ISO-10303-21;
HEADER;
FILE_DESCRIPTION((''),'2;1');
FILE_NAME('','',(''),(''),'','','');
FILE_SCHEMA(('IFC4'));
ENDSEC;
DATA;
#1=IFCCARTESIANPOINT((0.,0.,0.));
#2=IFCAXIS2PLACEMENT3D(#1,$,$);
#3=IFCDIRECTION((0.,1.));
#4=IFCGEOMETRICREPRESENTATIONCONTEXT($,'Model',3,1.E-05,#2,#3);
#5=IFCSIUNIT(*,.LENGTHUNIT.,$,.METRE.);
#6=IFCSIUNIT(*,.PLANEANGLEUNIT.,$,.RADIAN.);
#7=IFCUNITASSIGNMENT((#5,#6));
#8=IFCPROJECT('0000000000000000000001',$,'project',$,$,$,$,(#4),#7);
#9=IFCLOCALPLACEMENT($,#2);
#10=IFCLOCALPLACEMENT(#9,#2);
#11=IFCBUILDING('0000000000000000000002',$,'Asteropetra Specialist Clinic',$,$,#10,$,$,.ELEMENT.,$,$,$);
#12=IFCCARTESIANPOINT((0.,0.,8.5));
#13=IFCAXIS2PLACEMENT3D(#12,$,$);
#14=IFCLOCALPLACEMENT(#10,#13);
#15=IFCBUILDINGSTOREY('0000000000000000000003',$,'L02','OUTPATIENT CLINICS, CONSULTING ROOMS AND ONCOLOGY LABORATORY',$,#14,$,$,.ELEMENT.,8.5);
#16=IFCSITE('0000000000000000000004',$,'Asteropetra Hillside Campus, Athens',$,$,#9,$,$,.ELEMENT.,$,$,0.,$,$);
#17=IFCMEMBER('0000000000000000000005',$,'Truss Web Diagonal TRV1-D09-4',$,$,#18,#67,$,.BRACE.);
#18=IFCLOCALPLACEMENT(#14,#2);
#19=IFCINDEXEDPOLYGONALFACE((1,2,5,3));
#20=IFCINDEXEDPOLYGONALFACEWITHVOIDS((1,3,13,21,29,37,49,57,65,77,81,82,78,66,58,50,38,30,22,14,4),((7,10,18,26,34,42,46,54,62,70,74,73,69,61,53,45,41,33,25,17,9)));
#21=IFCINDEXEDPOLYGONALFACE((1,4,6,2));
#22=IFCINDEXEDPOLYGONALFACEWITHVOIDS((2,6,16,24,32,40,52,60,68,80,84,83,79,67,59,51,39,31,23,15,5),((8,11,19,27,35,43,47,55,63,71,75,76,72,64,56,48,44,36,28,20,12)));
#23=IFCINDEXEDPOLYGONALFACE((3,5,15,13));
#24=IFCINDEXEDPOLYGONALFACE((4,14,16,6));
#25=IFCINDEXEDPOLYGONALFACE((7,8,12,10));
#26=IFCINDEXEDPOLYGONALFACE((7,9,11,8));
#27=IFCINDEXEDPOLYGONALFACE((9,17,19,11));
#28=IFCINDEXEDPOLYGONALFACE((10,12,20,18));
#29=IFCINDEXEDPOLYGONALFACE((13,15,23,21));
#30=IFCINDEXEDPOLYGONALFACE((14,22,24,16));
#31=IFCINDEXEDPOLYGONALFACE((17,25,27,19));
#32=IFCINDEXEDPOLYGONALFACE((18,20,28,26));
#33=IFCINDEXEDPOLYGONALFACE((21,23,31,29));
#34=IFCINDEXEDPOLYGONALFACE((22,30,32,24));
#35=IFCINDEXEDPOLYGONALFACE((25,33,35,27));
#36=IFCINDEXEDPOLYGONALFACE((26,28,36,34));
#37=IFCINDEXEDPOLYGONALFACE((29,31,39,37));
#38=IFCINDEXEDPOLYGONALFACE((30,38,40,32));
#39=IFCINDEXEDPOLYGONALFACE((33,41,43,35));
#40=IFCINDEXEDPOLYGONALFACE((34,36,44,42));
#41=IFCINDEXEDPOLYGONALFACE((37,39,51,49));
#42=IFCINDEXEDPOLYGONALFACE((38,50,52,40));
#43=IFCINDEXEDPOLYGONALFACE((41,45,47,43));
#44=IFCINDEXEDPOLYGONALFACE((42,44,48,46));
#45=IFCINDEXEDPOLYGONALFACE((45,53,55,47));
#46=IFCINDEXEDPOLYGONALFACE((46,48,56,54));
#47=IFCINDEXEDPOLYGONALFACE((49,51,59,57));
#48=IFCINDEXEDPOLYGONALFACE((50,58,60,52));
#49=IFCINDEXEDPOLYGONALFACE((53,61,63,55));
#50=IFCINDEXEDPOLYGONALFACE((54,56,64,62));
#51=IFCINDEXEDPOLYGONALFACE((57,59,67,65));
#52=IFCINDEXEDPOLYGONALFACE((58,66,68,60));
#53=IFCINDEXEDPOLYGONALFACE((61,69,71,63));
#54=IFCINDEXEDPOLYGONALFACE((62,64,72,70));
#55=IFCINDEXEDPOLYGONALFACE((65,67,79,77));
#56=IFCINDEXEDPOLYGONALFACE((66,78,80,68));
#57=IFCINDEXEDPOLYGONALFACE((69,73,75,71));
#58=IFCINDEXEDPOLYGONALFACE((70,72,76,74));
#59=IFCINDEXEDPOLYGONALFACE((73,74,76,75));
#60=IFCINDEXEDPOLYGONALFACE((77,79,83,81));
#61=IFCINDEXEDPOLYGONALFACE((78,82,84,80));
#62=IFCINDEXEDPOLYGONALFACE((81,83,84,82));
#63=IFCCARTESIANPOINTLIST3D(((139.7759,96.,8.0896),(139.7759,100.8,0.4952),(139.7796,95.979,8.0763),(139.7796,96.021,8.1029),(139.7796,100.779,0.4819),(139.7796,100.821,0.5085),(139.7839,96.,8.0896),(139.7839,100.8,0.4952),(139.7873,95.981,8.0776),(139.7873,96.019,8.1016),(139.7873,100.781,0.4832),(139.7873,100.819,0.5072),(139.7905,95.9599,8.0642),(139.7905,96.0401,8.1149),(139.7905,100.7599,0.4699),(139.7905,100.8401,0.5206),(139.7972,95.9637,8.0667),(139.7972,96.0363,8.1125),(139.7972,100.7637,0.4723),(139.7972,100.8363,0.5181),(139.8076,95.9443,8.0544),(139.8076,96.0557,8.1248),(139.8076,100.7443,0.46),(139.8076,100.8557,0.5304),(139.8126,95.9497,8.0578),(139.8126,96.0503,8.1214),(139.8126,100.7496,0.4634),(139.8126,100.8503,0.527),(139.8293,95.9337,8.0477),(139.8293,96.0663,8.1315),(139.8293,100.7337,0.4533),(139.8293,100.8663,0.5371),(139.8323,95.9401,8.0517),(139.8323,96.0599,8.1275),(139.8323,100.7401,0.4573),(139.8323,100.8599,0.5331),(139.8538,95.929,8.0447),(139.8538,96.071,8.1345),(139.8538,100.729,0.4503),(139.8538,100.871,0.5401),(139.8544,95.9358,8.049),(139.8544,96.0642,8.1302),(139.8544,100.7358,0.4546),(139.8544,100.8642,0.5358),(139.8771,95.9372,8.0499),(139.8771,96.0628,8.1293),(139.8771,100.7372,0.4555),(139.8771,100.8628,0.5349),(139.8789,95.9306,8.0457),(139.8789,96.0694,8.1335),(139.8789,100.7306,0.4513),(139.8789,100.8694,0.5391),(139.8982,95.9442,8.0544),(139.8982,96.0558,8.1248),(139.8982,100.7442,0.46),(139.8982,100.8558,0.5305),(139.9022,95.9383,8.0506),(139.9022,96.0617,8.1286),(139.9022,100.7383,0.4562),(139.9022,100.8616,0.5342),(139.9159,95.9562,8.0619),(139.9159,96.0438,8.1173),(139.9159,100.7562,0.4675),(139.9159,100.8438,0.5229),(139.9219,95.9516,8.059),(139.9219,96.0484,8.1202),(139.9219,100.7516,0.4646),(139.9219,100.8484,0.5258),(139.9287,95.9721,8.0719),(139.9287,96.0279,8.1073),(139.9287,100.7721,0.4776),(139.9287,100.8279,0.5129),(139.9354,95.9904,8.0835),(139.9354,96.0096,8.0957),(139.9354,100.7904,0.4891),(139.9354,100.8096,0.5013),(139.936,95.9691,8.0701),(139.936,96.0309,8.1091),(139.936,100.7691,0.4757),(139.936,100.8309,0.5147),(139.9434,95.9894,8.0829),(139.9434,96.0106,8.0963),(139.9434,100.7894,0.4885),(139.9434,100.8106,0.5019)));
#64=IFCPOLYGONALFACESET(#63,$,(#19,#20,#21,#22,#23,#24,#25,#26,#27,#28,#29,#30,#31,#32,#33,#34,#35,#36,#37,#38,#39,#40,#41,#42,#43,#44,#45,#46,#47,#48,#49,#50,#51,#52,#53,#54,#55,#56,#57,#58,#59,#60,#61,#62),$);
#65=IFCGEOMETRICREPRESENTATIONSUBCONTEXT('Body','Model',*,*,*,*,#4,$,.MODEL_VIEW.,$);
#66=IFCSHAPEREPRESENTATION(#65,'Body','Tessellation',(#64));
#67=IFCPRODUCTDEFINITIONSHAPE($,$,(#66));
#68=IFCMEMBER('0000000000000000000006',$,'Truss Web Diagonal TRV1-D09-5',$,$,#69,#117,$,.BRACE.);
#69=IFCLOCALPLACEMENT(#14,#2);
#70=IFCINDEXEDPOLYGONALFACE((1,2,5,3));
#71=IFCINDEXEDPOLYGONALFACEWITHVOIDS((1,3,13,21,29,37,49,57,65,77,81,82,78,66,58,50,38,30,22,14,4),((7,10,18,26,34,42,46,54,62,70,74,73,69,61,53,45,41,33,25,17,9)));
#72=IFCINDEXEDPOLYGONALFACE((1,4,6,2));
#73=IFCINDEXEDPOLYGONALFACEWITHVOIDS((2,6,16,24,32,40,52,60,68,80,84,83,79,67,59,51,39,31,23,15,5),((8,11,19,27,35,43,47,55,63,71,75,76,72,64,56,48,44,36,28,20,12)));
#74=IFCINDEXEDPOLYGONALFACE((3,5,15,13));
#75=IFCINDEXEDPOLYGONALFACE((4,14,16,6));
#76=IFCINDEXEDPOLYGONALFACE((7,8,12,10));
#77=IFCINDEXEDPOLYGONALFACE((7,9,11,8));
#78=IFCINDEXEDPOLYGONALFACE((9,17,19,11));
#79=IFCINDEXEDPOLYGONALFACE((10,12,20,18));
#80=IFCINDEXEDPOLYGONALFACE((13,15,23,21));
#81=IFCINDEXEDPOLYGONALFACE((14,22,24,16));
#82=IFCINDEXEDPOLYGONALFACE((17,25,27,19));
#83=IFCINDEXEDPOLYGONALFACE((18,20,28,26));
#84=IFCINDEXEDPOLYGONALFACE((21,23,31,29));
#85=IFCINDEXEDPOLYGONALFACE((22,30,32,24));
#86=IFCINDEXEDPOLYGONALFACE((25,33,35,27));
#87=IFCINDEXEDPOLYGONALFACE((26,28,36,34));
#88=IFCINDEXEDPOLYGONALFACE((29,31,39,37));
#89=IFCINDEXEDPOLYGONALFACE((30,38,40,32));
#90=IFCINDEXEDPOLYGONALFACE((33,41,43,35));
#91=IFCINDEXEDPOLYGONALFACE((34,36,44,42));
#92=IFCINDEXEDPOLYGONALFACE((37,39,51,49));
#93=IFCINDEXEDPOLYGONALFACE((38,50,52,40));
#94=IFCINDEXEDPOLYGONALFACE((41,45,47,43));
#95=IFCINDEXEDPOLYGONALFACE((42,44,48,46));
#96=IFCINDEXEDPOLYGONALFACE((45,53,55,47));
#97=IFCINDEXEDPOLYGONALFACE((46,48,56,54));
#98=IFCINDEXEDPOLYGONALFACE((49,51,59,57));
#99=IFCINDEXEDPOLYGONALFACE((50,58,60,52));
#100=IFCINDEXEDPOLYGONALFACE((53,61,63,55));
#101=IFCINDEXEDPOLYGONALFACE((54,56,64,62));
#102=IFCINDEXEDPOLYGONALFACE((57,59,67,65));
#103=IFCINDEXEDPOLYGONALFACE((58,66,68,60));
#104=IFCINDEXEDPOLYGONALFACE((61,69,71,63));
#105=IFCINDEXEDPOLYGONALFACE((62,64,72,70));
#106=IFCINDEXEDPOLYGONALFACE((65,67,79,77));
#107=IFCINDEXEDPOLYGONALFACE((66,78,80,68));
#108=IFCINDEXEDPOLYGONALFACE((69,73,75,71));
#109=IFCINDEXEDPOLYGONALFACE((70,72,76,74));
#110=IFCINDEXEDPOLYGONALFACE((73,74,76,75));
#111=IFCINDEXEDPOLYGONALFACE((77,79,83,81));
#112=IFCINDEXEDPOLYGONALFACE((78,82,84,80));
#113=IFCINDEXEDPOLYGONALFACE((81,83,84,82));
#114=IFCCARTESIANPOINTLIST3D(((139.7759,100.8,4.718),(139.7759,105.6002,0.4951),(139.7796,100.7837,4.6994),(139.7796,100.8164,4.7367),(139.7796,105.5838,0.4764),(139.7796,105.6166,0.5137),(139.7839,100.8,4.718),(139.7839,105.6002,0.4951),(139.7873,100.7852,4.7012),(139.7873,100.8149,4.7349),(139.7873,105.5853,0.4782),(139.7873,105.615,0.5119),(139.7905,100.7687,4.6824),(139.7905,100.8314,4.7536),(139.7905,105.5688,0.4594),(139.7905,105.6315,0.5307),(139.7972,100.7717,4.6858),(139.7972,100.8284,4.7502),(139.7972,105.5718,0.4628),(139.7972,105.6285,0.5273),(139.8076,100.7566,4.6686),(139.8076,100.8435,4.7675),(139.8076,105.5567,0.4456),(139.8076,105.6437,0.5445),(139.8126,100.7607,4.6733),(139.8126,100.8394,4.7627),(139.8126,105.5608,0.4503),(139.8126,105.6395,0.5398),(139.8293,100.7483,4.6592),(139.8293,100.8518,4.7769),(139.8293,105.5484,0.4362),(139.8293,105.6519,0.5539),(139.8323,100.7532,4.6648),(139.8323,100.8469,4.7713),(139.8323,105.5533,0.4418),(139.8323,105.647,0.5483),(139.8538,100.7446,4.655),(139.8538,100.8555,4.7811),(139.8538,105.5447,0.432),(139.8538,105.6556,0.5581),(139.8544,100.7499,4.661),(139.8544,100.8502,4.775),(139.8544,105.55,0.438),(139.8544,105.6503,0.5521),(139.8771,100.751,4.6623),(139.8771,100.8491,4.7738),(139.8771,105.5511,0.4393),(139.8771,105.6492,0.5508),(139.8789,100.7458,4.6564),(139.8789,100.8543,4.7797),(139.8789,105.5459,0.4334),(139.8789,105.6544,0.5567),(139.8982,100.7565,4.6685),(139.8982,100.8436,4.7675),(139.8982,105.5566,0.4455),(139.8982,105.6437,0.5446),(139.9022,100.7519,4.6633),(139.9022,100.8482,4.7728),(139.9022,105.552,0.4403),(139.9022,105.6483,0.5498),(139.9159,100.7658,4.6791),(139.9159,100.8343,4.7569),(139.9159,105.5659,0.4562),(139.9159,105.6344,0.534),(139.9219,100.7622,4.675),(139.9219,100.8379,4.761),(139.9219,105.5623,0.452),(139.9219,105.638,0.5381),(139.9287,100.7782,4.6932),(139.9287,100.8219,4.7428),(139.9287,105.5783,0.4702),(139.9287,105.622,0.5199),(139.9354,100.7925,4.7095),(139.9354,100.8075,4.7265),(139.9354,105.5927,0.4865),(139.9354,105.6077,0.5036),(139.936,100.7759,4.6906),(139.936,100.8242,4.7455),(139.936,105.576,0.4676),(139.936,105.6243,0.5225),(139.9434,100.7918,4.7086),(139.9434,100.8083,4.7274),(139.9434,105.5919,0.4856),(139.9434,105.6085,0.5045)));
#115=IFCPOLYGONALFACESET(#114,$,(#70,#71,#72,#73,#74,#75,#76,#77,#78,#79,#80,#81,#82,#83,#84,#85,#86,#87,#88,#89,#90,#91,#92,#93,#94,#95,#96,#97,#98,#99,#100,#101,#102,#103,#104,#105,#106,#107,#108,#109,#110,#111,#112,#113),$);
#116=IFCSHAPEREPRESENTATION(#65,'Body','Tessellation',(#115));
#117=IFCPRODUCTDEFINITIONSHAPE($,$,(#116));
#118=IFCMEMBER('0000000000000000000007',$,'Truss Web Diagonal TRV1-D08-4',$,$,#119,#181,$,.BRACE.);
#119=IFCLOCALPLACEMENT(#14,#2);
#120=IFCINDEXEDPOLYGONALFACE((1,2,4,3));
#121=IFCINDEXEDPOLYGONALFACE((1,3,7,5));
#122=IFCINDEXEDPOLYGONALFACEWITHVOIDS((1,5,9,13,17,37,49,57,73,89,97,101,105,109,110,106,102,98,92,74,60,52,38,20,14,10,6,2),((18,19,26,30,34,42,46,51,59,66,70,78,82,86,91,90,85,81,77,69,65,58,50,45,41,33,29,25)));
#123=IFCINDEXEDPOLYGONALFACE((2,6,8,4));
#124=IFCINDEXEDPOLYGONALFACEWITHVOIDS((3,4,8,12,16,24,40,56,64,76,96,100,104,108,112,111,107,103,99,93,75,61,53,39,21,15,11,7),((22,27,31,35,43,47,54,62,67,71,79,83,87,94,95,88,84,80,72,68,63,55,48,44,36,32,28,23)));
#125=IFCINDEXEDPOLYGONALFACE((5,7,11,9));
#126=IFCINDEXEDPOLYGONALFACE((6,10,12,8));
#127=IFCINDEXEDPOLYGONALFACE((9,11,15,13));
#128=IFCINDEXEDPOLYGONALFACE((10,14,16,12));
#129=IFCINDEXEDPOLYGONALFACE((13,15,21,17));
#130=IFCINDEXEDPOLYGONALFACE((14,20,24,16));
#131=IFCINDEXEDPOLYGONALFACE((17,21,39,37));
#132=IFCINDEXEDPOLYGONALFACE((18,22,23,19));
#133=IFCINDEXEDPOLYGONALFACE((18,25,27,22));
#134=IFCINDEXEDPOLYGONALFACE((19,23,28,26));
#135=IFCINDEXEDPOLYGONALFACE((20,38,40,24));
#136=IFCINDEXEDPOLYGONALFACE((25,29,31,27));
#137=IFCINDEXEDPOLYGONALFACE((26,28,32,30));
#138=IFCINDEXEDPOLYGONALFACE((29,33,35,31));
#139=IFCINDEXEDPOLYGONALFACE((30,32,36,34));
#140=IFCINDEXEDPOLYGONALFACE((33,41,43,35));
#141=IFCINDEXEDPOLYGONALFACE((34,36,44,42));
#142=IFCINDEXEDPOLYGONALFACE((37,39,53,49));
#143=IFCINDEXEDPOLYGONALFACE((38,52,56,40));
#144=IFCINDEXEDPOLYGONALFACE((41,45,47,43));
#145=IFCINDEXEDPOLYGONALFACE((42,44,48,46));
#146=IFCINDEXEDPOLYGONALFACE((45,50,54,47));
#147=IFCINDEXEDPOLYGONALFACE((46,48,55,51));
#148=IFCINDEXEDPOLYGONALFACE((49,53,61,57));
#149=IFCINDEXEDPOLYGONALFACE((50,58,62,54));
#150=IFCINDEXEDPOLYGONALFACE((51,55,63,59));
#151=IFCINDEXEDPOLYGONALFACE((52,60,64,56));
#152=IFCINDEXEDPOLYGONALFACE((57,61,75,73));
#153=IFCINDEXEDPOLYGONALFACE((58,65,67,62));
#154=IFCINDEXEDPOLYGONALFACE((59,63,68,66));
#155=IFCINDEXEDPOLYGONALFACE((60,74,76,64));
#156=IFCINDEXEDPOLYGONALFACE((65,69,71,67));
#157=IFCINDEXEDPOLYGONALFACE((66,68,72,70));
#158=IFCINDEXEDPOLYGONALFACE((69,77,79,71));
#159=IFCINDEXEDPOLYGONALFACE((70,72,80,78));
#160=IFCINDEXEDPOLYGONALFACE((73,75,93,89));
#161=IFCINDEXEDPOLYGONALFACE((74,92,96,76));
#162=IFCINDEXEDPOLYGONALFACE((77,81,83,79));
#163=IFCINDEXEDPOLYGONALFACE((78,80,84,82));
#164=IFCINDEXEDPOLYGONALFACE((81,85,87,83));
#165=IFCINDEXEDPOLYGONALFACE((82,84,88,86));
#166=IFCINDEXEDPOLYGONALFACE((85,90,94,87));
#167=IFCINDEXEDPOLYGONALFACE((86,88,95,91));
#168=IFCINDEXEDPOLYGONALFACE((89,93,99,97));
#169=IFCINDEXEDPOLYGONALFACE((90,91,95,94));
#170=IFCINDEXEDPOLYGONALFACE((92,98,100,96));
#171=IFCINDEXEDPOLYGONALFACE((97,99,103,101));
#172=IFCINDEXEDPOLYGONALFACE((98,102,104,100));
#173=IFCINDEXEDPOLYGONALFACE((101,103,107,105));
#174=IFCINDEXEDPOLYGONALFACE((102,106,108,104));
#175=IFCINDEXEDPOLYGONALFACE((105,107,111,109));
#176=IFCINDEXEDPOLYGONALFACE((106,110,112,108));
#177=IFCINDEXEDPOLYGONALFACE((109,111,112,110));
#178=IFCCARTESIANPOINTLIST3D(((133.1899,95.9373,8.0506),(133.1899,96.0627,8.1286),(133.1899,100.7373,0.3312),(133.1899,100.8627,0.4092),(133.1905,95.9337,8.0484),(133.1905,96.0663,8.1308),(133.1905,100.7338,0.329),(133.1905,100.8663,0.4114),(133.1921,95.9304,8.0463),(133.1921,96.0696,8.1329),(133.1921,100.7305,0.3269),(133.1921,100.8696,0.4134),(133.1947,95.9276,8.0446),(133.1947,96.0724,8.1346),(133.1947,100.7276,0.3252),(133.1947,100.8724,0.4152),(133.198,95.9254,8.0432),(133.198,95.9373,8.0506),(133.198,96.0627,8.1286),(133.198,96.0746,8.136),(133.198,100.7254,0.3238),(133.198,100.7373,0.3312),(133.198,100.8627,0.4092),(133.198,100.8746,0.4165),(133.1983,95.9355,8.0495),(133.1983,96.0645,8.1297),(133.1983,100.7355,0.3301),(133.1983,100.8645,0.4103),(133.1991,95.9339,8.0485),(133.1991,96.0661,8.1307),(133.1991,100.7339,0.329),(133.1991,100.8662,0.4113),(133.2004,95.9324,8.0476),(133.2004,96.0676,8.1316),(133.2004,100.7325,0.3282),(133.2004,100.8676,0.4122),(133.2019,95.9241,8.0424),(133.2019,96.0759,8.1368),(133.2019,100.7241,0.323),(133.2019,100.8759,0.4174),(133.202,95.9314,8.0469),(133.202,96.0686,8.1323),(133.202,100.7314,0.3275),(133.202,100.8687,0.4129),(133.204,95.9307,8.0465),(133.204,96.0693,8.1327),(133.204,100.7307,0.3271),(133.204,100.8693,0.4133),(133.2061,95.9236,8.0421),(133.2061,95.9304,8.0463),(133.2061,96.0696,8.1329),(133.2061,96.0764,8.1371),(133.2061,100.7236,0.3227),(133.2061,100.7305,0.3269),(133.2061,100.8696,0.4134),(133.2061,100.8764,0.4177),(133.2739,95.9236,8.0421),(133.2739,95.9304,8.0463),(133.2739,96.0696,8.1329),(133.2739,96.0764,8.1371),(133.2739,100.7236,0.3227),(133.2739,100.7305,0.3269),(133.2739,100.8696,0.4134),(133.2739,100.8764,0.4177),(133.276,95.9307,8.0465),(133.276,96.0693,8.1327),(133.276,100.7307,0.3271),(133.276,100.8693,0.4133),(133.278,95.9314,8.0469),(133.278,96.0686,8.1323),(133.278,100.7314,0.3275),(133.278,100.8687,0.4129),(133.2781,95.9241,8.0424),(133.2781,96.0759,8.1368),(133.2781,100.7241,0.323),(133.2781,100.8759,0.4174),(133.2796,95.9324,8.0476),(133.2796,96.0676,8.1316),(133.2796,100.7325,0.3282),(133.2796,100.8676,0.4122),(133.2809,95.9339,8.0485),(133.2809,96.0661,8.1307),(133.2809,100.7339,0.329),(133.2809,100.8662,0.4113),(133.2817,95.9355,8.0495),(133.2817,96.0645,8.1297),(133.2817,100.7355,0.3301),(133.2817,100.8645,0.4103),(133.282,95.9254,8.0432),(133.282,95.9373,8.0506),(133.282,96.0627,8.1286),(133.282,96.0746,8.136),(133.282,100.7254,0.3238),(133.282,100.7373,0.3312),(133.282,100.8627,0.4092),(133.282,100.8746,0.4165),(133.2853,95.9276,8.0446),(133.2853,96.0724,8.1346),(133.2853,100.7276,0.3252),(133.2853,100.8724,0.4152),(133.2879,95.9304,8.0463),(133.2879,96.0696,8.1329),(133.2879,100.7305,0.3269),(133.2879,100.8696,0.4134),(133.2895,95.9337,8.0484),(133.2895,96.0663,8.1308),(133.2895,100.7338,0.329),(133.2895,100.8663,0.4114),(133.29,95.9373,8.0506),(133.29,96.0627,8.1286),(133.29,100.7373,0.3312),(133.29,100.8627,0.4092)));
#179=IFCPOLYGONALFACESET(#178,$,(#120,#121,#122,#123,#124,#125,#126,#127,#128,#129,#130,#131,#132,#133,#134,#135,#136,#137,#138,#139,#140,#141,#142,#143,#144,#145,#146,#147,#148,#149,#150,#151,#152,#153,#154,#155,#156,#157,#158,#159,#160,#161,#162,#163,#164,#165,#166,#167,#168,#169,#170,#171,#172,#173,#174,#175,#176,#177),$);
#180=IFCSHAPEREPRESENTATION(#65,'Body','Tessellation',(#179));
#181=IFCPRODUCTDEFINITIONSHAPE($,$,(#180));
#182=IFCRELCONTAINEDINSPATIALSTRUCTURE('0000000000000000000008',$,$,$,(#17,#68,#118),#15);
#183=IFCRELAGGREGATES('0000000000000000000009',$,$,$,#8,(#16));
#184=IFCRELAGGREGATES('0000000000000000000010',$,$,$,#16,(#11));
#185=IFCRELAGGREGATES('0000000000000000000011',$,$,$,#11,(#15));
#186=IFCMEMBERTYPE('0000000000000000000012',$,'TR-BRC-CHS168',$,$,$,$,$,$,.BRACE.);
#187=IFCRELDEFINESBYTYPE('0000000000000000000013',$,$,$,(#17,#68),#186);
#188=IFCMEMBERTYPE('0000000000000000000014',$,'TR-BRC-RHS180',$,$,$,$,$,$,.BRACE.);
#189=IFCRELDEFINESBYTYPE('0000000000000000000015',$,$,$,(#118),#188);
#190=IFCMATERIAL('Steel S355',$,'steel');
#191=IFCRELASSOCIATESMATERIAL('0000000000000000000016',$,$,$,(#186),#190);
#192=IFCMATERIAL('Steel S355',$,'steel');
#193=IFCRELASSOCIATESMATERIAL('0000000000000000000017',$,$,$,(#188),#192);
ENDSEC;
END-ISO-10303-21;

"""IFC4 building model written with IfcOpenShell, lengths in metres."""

from ifc_helpers import new_model, si_unit, direction, frame, origin, origin_2d, place, context, subcontext, project, spatial, hollow_rectangle, hollow_circle, extrude, material, material_profile, profile_set, type_object, element, save


model = new_model("IFC4")

# Units and contexts
model_context = context("Model", 3, precision=1e-05, world=origin(), true_north=direction((0.0, 1.0)))
body_context = subcontext(model_context, "Body", "Model", "MODEL_VIEW")
ifc_project = project(units=[si_unit("LENGTHUNIT", "METRE"), si_unit("PLANEANGLEUNIT", "RADIAN")], contexts=[model_context])

# Site, building, storey
site_placement = place(None, origin())
site = spatial("IfcSite", under=ifc_project, at=site_placement, Name="Asteropetra Hillside Campus, Athens", CompositionType="ELEMENT", RefElevation=0.0)
building_placement = place(site_placement, origin())
building = spatial("IfcBuilding", under=site, at=building_placement, Name="Asteropetra Specialist Clinic", CompositionType="ELEMENT")
storey_placement = place(building_placement, frame((0.0, 0.0, 8.5)))
storey = spatial("IfcBuildingStorey", under=building, at=storey_placement, Name="L02", Description="OUTPATIENT CLINICS, CONSULTING ROOMS AND ONCOLOGY LABORATORY", CompositionType="ELEMENT", Elevation=8.5)

# Members
ifc_material_1 = material(Name="Steel S355", Category="steel")
ifc_material_profile_1 = material_profile(ifc_material_1, hollow_circle(Radius=0.0842, WallThickness=0.0081, at=origin_2d()), Name="CHS 168.3x8.0")
ifc_profile_set_1 = profile_set([ifc_material_profile_1], Name="Steel S355")
member_type_1 = type_object("IfcMemberType", Name="TR-BRC-CHS168", PredefinedType="BRACE", material=ifc_profile_set_1)
member_1_placement = place(storey_placement, frame((139.8601, 96.0, 8.0896), z_axis=(0.0, 0.534274, -0.845311), x_axis=(-1.0, 0.0, 0.0)))
element("IfcMember", 1, at=member_1_placement, inside=storey, type_object=member_type_1, Name="Truss Web Diagonal TRV1-D09-4", PredefinedType="BRACE", context=body_context, shape_type="SweptSolid", body=[
    extrude(hollow_circle(Radius=0.0842, WallThickness=0.0081, at=origin_2d()), origin(), (0.0, 0.0, 1.0), 8.9841),
])
member_2_placement = place(storey_placement, frame((139.8601, 100.8, 4.718), z_axis=(0.0, 0.750802, -0.660527), x_axis=(-1.0, 0.0, 0.0)))
element("IfcMember", 2, at=member_2_placement, inside=storey, type_object=member_type_1, Name="Truss Web Diagonal TRV1-D09-5", PredefinedType="BRACE", context=body_context, shape_type="SweptSolid", body=[
    extrude(hollow_circle(Radius=0.0842, WallThickness=0.0081, at=origin_2d()), origin(), (0.0, 0.0, 1.0), 6.3933),
])
ifc_material_2 = material(Name="Steel S355", Category="steel")
ifc_material_profile_2 = material_profile(ifc_material_2, hollow_rectangle(XDim=0.1001, YDim=0.1799, WallThickness=0.0081, InnerFilletRadius=0.0081, OuterFilletRadius=0.0161, at=origin_2d()), Name="RHS 180x100x8.0")
ifc_profile_set_2 = profile_set([ifc_material_profile_2], Name="Steel S355")
member_type_2 = type_object("IfcMemberType", Name="TR-BRC-RHS180", PredefinedType="BRACE", material=ifc_profile_set_2)
member_3_placement = place(storey_placement, frame((133.24, 96.0, 8.0896), z_axis=(0.0, 0.528049, -0.849214), x_axis=(-1.0, 0.0, 0.0)))
element("IfcMember", 3, at=member_3_placement, inside=storey, type_object=member_type_2, Name="Truss Web Diagonal TRV1-D08-4", PredefinedType="BRACE", context=body_context, shape_type="SweptSolid", body=[
    extrude(hollow_rectangle(XDim=0.1001, YDim=0.1799, WallThickness=0.0081, InnerFilletRadius=0.0081, OuterFilletRadius=0.0161, at=origin_2d()), origin(), (0.0, 0.0, 1.0), 9.0901),
])

save(model, "model.ifc")
